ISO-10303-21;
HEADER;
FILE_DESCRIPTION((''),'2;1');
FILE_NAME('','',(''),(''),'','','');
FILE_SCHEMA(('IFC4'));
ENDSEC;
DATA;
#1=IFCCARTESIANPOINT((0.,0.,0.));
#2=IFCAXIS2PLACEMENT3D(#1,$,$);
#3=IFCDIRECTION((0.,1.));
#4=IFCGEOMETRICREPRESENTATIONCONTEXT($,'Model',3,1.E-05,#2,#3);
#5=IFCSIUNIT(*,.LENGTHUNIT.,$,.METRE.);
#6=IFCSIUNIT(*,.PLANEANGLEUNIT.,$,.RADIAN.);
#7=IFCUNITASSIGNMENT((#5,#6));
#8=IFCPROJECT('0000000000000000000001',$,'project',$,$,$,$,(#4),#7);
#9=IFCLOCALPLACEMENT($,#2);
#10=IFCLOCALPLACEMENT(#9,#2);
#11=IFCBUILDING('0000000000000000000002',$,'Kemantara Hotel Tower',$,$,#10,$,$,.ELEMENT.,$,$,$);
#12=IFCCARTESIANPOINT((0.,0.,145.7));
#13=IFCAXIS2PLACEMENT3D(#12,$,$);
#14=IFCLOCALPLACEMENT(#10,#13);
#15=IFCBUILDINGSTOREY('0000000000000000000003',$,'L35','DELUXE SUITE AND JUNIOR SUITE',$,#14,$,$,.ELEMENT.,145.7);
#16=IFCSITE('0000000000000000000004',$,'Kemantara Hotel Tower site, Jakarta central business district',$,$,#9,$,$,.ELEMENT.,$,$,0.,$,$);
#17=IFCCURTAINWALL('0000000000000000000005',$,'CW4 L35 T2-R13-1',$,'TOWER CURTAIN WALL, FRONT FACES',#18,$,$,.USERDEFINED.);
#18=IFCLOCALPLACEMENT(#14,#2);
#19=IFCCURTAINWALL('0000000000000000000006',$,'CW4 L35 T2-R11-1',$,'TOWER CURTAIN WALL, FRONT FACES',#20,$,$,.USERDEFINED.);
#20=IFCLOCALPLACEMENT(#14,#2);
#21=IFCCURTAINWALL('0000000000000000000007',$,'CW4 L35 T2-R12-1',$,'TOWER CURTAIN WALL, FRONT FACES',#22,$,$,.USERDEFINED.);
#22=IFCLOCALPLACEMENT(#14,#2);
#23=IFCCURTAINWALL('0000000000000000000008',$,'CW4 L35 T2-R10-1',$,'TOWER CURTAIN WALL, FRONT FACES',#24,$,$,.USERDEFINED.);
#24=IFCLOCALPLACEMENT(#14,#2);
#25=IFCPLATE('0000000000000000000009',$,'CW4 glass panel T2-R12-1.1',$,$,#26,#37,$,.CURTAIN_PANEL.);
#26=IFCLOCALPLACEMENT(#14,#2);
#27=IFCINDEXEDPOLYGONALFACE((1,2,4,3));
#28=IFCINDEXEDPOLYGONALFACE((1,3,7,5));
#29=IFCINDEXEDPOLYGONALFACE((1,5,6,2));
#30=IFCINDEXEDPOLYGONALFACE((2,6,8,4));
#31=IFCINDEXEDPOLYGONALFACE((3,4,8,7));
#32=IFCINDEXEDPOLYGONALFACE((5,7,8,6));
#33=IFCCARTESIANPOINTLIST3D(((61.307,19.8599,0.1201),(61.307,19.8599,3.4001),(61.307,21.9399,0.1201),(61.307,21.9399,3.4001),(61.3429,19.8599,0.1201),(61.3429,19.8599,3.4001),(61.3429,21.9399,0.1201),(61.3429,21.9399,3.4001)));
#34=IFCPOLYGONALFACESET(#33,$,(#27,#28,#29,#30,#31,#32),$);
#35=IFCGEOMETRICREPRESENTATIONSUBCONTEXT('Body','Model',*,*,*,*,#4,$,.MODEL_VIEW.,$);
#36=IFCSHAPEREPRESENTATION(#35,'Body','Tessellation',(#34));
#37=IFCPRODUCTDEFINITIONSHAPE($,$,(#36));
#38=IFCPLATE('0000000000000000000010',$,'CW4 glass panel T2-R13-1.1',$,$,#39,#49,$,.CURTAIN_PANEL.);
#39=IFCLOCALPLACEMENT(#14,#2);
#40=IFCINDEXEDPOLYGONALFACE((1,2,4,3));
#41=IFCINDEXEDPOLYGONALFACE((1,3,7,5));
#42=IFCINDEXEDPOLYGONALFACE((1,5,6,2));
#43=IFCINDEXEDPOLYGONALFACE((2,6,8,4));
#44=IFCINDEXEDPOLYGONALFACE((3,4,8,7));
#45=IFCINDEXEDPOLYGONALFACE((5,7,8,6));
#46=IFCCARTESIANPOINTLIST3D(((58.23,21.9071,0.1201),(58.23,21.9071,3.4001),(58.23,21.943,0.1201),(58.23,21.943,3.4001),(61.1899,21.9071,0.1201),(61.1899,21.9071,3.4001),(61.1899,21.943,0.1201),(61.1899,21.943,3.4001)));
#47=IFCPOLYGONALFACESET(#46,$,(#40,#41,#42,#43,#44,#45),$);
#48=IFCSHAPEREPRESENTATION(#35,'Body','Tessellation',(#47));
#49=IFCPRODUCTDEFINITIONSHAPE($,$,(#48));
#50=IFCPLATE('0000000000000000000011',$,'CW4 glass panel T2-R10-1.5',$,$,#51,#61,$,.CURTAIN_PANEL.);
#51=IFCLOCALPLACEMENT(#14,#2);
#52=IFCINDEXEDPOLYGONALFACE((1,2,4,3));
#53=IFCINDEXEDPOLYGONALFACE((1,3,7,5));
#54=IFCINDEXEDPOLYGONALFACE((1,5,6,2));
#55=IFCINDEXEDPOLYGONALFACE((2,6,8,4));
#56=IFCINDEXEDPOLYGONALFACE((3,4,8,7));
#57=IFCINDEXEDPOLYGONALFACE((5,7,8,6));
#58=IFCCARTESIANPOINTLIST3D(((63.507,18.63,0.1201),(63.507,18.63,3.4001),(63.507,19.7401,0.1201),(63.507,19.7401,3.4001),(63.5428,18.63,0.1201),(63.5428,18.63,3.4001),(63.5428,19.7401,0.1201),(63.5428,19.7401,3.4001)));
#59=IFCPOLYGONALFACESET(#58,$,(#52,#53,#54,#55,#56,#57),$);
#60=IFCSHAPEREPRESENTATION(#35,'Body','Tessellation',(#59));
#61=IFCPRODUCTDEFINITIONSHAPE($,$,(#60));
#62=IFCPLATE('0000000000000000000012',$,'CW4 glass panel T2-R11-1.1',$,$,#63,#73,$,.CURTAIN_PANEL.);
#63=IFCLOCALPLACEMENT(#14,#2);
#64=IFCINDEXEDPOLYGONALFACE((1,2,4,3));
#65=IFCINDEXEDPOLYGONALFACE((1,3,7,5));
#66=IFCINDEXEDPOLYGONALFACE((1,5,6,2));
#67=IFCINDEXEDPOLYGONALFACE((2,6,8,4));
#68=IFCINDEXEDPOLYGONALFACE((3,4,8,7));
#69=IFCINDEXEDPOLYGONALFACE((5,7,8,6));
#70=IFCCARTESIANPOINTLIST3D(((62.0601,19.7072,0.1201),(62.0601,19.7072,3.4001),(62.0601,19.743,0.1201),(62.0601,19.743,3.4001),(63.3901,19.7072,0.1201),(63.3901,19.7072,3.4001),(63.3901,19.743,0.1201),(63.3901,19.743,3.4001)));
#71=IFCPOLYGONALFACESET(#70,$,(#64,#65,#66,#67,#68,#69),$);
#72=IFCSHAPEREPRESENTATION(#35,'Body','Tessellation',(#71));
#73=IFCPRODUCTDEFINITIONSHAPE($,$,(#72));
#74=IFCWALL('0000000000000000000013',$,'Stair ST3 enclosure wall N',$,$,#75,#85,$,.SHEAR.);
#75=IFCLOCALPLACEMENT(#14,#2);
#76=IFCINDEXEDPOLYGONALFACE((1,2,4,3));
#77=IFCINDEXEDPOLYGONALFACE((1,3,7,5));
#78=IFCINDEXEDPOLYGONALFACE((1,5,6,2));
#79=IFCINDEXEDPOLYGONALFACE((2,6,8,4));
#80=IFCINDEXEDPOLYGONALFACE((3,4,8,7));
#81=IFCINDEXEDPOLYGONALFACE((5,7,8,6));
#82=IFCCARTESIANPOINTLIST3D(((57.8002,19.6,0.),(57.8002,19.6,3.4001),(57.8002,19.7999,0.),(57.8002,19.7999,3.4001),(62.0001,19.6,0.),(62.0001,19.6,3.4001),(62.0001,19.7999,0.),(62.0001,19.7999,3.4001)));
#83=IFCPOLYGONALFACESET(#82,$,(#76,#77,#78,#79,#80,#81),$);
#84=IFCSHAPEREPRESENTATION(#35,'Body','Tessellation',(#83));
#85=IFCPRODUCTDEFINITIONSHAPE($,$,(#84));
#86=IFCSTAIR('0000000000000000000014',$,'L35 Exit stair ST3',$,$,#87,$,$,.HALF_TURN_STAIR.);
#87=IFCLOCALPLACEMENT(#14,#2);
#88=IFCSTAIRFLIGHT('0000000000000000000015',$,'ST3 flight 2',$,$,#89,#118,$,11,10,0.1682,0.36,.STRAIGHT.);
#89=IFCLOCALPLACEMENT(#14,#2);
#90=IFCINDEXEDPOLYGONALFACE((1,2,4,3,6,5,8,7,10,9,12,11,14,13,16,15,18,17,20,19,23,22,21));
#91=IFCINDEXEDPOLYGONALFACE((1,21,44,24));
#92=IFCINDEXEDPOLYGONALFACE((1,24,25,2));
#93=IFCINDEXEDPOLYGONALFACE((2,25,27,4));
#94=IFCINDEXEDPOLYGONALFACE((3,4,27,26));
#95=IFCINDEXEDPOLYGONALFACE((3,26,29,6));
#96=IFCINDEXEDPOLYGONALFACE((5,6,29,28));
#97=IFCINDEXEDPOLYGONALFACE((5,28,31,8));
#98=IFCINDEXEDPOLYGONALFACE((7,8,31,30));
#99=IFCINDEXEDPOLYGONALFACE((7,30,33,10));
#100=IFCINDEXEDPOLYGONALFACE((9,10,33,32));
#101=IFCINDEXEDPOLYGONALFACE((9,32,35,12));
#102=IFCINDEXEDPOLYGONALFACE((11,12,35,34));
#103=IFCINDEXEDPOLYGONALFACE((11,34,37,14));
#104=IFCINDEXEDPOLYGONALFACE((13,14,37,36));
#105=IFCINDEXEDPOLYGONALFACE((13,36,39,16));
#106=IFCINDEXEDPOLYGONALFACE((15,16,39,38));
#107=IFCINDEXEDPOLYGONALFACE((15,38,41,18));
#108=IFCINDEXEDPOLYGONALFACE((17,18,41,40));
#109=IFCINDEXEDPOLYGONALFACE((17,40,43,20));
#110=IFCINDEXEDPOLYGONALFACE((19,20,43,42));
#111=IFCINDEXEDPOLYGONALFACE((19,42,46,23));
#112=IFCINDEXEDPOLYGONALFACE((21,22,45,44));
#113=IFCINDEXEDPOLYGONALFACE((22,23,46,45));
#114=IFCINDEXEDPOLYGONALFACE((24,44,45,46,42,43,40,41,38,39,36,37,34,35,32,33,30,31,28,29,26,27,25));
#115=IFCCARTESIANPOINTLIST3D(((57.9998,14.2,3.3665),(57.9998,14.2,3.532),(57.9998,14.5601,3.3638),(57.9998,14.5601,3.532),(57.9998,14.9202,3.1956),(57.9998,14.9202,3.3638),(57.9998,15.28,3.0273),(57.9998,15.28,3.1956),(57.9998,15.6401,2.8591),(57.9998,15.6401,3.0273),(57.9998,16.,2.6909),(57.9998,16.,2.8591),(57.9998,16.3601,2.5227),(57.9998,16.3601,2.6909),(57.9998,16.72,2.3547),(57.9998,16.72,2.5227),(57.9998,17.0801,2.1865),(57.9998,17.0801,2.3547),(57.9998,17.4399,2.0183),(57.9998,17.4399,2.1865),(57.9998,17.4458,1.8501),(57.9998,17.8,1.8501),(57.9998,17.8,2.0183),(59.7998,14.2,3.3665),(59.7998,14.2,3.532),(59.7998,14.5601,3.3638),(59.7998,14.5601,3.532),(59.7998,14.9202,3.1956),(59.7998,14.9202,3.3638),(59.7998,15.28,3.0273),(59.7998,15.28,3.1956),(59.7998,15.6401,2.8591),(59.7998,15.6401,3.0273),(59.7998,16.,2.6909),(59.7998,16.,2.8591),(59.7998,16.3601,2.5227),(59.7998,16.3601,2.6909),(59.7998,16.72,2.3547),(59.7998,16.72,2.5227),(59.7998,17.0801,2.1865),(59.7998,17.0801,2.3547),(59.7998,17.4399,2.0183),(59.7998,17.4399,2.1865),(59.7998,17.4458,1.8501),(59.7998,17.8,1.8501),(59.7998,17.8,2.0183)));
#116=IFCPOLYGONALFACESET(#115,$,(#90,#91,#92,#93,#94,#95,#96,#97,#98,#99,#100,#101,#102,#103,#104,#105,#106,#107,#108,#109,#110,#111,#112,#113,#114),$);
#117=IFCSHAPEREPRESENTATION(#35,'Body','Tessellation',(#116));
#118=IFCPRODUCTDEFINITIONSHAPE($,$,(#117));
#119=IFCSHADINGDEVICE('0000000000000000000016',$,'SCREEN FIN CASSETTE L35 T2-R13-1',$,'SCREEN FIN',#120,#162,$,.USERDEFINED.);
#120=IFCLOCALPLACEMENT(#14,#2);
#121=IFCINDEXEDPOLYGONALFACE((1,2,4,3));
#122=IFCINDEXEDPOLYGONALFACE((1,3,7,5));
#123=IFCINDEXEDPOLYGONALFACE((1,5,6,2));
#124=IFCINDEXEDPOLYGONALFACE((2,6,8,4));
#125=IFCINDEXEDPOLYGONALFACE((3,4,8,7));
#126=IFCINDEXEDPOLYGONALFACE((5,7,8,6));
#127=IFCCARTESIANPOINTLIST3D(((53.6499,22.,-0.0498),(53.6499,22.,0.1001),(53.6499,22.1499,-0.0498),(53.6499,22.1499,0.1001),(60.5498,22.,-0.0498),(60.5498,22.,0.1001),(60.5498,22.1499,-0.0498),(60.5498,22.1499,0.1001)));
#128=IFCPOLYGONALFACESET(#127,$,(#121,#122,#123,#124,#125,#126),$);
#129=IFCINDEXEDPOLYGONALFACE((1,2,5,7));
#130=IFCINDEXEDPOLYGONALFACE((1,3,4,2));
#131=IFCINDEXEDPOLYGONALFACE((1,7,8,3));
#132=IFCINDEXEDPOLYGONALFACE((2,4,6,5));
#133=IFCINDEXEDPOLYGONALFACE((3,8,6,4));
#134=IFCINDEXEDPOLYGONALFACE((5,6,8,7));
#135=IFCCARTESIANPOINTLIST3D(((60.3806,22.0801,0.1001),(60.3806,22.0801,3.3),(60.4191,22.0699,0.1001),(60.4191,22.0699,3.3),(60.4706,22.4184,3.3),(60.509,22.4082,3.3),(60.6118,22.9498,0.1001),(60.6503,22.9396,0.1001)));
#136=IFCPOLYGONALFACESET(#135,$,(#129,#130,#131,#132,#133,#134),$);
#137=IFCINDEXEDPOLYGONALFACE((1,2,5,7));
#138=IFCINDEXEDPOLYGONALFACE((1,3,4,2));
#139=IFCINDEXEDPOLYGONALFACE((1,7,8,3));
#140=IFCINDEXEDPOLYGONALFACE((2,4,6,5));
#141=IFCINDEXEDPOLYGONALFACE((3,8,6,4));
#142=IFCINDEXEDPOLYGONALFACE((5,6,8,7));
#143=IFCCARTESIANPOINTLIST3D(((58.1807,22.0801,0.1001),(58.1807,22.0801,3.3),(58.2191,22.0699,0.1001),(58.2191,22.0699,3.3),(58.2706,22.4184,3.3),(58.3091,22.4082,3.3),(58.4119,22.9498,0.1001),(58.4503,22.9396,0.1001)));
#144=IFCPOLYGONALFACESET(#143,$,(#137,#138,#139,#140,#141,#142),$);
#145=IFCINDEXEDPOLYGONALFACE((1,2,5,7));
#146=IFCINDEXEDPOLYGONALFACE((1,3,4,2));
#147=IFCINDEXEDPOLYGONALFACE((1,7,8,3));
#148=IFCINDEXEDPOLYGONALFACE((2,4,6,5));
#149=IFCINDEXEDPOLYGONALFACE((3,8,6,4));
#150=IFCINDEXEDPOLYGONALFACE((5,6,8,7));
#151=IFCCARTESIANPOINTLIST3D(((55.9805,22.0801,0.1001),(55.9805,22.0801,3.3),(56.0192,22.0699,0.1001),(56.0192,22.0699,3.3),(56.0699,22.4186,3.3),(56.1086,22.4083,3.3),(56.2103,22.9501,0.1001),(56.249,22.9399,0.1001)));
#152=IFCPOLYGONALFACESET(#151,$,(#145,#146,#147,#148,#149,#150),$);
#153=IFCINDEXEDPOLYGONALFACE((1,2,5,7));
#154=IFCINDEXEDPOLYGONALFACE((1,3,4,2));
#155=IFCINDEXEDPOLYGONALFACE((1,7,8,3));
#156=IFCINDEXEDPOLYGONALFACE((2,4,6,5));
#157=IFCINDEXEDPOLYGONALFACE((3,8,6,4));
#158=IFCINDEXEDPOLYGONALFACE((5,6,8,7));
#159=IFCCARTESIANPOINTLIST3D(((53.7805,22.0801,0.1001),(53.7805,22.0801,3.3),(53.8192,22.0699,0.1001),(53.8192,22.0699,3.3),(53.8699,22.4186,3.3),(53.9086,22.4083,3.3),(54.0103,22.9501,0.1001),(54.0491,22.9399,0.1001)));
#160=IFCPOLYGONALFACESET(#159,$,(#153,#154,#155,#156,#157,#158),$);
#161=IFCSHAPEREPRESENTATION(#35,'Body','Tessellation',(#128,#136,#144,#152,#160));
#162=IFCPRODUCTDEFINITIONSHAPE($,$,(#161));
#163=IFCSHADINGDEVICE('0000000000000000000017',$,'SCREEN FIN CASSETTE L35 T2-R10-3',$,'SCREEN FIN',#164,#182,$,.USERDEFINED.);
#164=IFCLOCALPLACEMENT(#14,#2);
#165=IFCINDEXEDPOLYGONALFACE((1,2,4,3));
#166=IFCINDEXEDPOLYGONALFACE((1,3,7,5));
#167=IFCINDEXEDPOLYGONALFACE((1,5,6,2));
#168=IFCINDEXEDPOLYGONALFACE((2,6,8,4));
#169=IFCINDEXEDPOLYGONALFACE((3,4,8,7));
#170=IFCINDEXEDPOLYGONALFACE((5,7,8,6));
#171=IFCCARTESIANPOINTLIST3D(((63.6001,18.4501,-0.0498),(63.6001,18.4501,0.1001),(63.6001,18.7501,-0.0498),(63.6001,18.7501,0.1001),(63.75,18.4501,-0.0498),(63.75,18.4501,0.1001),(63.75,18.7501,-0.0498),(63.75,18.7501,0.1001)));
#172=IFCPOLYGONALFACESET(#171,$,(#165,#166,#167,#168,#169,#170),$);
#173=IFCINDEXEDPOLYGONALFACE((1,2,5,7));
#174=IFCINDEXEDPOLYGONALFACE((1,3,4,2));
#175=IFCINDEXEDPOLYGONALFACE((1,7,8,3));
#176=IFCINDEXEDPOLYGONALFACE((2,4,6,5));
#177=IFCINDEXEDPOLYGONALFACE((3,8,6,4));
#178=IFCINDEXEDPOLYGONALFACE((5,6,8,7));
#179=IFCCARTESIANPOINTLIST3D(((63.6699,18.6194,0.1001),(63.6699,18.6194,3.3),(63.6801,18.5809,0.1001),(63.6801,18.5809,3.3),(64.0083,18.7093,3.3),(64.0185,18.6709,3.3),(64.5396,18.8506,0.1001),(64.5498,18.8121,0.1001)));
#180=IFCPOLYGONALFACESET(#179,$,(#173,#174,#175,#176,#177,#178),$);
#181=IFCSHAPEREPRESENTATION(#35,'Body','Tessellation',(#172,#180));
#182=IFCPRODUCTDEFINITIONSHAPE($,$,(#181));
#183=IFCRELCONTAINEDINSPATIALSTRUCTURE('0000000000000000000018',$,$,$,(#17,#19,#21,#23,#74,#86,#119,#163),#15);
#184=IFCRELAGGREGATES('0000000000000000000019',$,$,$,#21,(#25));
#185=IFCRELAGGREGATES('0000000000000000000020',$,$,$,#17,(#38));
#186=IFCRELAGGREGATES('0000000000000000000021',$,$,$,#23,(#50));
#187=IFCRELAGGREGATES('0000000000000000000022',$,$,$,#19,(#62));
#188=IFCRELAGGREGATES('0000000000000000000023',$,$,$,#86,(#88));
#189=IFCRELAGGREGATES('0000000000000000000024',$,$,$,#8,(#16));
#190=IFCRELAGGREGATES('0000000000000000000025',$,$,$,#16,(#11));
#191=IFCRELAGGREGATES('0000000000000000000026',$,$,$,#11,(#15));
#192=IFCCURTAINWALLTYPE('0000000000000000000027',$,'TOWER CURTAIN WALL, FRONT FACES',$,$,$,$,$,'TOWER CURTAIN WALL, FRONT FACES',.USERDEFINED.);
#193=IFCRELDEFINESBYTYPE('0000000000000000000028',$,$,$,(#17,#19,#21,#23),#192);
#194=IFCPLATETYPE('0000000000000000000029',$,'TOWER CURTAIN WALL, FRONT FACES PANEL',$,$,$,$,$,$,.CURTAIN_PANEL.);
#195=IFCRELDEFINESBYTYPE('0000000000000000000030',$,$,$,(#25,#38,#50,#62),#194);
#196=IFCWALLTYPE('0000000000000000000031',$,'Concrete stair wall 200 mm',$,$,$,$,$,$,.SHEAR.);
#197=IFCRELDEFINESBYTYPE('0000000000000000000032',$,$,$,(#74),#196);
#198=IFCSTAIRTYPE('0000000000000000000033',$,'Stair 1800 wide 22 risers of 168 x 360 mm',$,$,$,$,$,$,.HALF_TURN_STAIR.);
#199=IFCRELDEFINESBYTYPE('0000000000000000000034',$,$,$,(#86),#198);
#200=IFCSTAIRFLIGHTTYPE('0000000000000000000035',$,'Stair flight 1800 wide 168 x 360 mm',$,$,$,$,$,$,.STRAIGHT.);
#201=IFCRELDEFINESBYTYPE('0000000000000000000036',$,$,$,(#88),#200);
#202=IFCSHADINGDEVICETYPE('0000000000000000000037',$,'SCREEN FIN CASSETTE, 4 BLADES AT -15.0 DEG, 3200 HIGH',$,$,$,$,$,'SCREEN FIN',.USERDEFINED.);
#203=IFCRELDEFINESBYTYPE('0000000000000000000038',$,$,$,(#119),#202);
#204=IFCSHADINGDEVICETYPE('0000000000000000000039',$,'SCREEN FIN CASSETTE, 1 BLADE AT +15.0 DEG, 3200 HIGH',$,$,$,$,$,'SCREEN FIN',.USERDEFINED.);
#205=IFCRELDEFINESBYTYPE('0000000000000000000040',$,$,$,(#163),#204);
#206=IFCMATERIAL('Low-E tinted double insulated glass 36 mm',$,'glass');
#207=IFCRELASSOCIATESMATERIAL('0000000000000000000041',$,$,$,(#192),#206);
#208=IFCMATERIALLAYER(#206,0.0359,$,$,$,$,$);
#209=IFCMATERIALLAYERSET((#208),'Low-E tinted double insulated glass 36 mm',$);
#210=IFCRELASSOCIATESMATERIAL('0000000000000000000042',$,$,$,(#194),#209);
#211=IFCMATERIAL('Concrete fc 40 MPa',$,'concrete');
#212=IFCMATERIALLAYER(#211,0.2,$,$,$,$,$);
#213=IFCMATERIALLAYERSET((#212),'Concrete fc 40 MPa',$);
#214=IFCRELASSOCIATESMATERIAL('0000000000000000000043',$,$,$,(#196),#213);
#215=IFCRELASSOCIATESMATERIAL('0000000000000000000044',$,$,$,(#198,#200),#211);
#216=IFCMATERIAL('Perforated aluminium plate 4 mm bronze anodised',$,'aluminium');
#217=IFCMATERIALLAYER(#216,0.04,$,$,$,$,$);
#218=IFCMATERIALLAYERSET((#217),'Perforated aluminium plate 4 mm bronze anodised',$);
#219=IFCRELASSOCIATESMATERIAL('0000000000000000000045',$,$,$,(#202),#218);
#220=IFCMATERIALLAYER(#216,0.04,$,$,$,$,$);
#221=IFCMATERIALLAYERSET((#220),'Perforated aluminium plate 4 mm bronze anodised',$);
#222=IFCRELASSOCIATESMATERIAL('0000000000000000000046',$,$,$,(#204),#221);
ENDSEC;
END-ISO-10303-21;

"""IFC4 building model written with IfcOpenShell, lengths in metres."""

from ifc_helpers import new_model, si_unit, direction, frame, frame_2d, origin, origin_2d, place, context, subcontext, project, spatial, polyline, rectangle, outline, extrude, source, transform, mapped, material, layer, layer_set, type_object, element, aggregate, save


model = new_model("IFC4")

# Units and contexts
model_context = context("Model", 3, precision=1e-05, world=origin(), true_north=direction((0.0, 1.0)))
body_context = subcontext(model_context, "Body", "Model", "MODEL_VIEW")
ifc_project = project(units=[si_unit("LENGTHUNIT", "METRE"), si_unit("PLANEANGLEUNIT", "RADIAN")], contexts=[model_context])

# Site, building, storey
site_placement = place(None, origin())
site = spatial("IfcSite", under=ifc_project, at=site_placement, Name="Kemantara Hotel Tower site, Jakarta central business district", CompositionType="ELEMENT", RefElevation=0.0)
building_placement = place(site_placement, origin())
building = spatial("IfcBuilding", under=site, at=building_placement, Name="Kemantara Hotel Tower", CompositionType="ELEMENT")
storey_placement = place(building_placement, frame((0.0, 0.0, 145.7)))
storey = spatial("IfcBuildingStorey", under=building, at=storey_placement, Name="L35", Description="DELUXE SUITE AND JUNIOR SUITE", CompositionType="ELEMENT", Elevation=145.7)

# Curtain walls
ifc_material_1 = material(Name="Low-E tinted double insulated glass 36 mm", Category="glass")
curtain_wall_type = type_object("IfcCurtainWallType", Name="TOWER CURTAIN WALL, FRONT FACES", ElementType="TOWER CURTAIN WALL, FRONT FACES", PredefinedType="USERDEFINED", material=ifc_material_1)
curtain_wall_1_placement = place(storey_placement, origin())
curtain_wall_1 = element("IfcCurtainWall", 1, at=curtain_wall_1_placement, inside=storey, type_object=curtain_wall_type, Name="CW4 L35 T2-R13-1", ObjectType="TOWER CURTAIN WALL, FRONT FACES", PredefinedType="USERDEFINED")
curtain_wall_2_placement = place(storey_placement, origin())
curtain_wall_2 = element("IfcCurtainWall", 2, at=curtain_wall_2_placement, inside=storey, type_object=curtain_wall_type, Name="CW4 L35 T2-R11-1", ObjectType="TOWER CURTAIN WALL, FRONT FACES", PredefinedType="USERDEFINED")
curtain_wall_3_placement = place(storey_placement, origin())
curtain_wall_3 = element("IfcCurtainWall", 3, at=curtain_wall_3_placement, inside=storey, type_object=curtain_wall_type, Name="CW4 L35 T2-R12-1", ObjectType="TOWER CURTAIN WALL, FRONT FACES", PredefinedType="USERDEFINED")

# Curtain wall
curtain_wall_4_placement = place(storey_placement, origin())
curtain_wall_4 = element("IfcCurtainWall", 4, at=curtain_wall_4_placement, inside=storey, type_object=curtain_wall_type, Name="CW4 L35 T2-R10-1", ObjectType="TOWER CURTAIN WALL, FRONT FACES", PredefinedType="USERDEFINED")

# Plates
ifc_layer_1 = layer(ifc_material_1, 0.0359)
ifc_layer_set_1 = layer_set([ifc_layer_1], Name="Low-E tinted double insulated glass 36 mm")
plate_type = type_object("IfcPlateType", Name="TOWER CURTAIN WALL, FRONT FACES PANEL", PredefinedType="CURTAIN_PANEL", material=ifc_layer_set_1)
shared_shape_1 = source(origin(), body_context, "Body", "SweptSolid", [
    extrude(rectangle(XDim=2.0801, YDim=0.0359, at=origin_2d()), origin(), (0.0, 0.0, 1.0), 3.28),
])
plate_1_placement = place(storey_placement, frame((61.325, 20.8999, 0.1201), z_axis=(0.0, 0.0, 1.0), x_axis=(0.0, 1.0, 0.0)))
plate_1 = element("IfcPlate", 5, at=plate_1_placement, type_object=plate_type, Name="CW4 glass panel T2-R12-1.1", PredefinedType="CURTAIN_PANEL", context=body_context, shape_type="MappedRepresentation", body=[
    mapped(shared_shape_1, transform((0.0, 0.0, 0.0))),
])
aggregate(curtain_wall_3, [plate_1])
shared_shape_2 = source(origin(), body_context, "Body", "SweptSolid", [
    extrude(rectangle(XDim=2.96, YDim=0.0359, at=origin_2d()), origin(), (0.0, 0.0, 1.0), 3.28),
])
plate_2_placement = place(storey_placement, frame((59.71, 21.925, 0.1201), z_axis=(0.0, 0.0, 1.0), x_axis=(-1.0, 0.0, 0.0)))
plate_2 = element("IfcPlate", 6, at=plate_2_placement, type_object=plate_type, Name="CW4 glass panel T2-R13-1.1", PredefinedType="CURTAIN_PANEL", context=body_context, shape_type="MappedRepresentation", body=[
    mapped(shared_shape_2, transform((0.0, 0.0, 0.0))),
])
aggregate(curtain_wall_1, [plate_2])
shared_shape_3 = source(origin(), body_context, "Body", "SweptSolid", [
    extrude(rectangle(XDim=1.1101, YDim=0.0359, at=origin_2d()), origin(), (0.0, 0.0, 1.0), 3.28),
])
plate_3_placement = place(storey_placement, frame((63.5249, 19.1851, 0.1201), z_axis=(0.0, 0.0, 1.0), x_axis=(0.0, 1.0, 0.0)))
plate_3 = element("IfcPlate", 7, at=plate_3_placement, type_object=plate_type, Name="CW4 glass panel T2-R10-1.5", PredefinedType="CURTAIN_PANEL", context=body_context, shape_type="MappedRepresentation", body=[
    mapped(shared_shape_3, transform((0.0, 0.0, 0.0))),
])
aggregate(curtain_wall_4, [plate_3])
shared_shape_4 = source(origin(), body_context, "Body", "SweptSolid", [
    extrude(rectangle(XDim=1.3301, YDim=0.0359, at=origin_2d()), origin(), (0.0, 0.0, 1.0), 3.28),
])
plate_4_placement = place(storey_placement, frame((62.7251, 19.7251, 0.1201), z_axis=(0.0, 0.0, 1.0), x_axis=(-1.0, 0.0, 0.0)))
plate_4 = element("IfcPlate", 8, at=plate_4_placement, type_object=plate_type, Name="CW4 glass panel T2-R11-1.1", PredefinedType="CURTAIN_PANEL", context=body_context, shape_type="MappedRepresentation", body=[
    mapped(shared_shape_4, transform((0.0, 0.0, 0.0))),
])
aggregate(curtain_wall_2, [plate_4])

# Wall
ifc_material_2 = material(Name="Concrete fc 40 MPa", Category="concrete")
ifc_layer_2 = layer(ifc_material_2, 0.2)
ifc_layer_set_2 = layer_set([ifc_layer_2], Name="Concrete fc 40 MPa")
wall_type = type_object("IfcWallType", Name="Concrete stair wall 200 mm", PredefinedType="SHEAR", material=ifc_layer_set_2)
wall_placement = place(storey_placement, frame((57.8, 19.7, 0.0), z_axis=(0.0, 0.0, 1.0), x_axis=(1.0, 0.0, 0.0)))
element("IfcWall", 9, at=wall_placement, inside=storey, type_object=wall_type, Name="Stair ST3 enclosure wall N", PredefinedType="SHEAR", context=body_context, shape_type="SweptSolid", body=[
    extrude(rectangle(XDim=4.2, YDim=0.2, at=frame_2d((2.1001, 0.0))), origin(), (0.0, 0.0, 1.0), 3.4001),
])

# Stair, stair flight
stair_type = type_object("IfcStairType", Name="Stair 1800 wide 22 risers of 168 x 360 mm", PredefinedType="HALF_TURN_STAIR", material=ifc_material_2)
stair_placement = place(storey_placement, origin())
stair = element("IfcStair", 10, at=stair_placement, inside=storey, type_object=stair_type, Name="L35 Exit stair ST3", PredefinedType="HALF_TURN_STAIR")
stair_flight_type = type_object("IfcStairFlightType", Name="Stair flight 1800 wide 168 x 360 mm", PredefinedType="STRAIGHT", material=ifc_material_2)
stair_flight_placement = place(storey_placement, frame((58.8999, 17.8, 1.8501), z_axis=(0.0, 0.0, 1.0), x_axis=(0.0, -1.0, 0.0)))
stair_flight = element("IfcStairFlight", 11, at=stair_flight_placement, type_object=stair_flight_type, Name="ST3 flight 2", NumberOfRisers=11, NumberOfTreads=10, PredefinedType="STRAIGHT", RiserHeight=0.1682, TreadLength=0.36, context=body_context, shape_type="SweptSolid", body=[
    extrude(outline(polyline([(0.0, 0.0), (0.0, 0.1682), (0.3601, 0.1682), (0.3601, 0.3364), (0.72, 0.3364), (0.72, 0.5046), (1.0801, 0.5046), (1.0801, 0.6726), (1.4399, 0.6726), (1.4399, 0.8408), (1.8, 0.8408), (1.8, 1.009), (2.1599, 1.009), (2.1599, 1.1772), (2.52, 1.1772), (2.52, 1.3455), (2.8799, 1.3455), (2.8799, 1.5137), (3.24, 1.5137), (3.24, 1.6819), (3.6001, 1.6819), (3.6001, 1.8501), (3.6001, 1.5164), (0.3542, 0.0), (0.0, 0.0)])), frame((0.0, 0.8999, 0.0), z_axis=(0.0, -1.0, 0.0), x_axis=(1.0, 0.0, 0.0)), (0.0, 0.0, 1.0), 1.8),
])
aggregate(stair, [stair_flight])

# Shading devices
ifc_material_3 = material(Name="Perforated aluminium plate 4 mm bronze anodised", Category="aluminium")
ifc_layer_3 = layer(ifc_material_3, 0.04)
ifc_layer_set_3 = layer_set([ifc_layer_3], Name="Perforated aluminium plate 4 mm bronze anodised")
shading_device_type_1 = type_object("IfcShadingDeviceType", Name="SCREEN FIN CASSETTE, 4 BLADES AT -15.0 DEG, 3200 HIGH", ElementType="SCREEN FIN", PredefinedType="USERDEFINED", material=ifc_layer_set_3)
shared_shape_5 = source(origin(), body_context, "Body", "SweptSolid", [
    extrude(rectangle(XDim=6.8999, YDim=0.1499, at=origin_2d()), frame((3.3, -0.075, -0.1499), z_axis=(0.0, 0.0, 1.0), x_axis=(1.0, 0.0, 0.0)), (0.0, 0.0, 1.0), 0.1499),
    extrude(outline(polyline([(0.0, 0.0), (0.8999, 0.0), (0.3501, 3.2), (0.0, 3.2), (0.0, 0.0)])), frame((0.0193, -0.0801, 0.0), z_axis=(-0.966438, 0.256901, 0.0), x_axis=(-0.256901, -0.966438, 0.0)), (0.0, 0.0, 1.0), 0.0398),
    extrude(outline(polyline([(0.0, 0.0), (0.8999, 0.0), (0.3501, 3.2), (0.0, 3.2), (0.0, 0.0)])), frame((2.2192, -0.0801, 0.0), z_axis=(-0.966438, 0.256901, 0.0), x_axis=(-0.256901, -0.966438, 0.0)), (0.0, 0.0, 1.0), 0.0398),
    extrude(outline(polyline([(0.0, 0.0), (0.8999, 0.0), (0.3501, 3.2), (0.0, 3.2), (0.0, 0.0)])), frame((4.4194, -0.0801, 0.0), z_axis=(-0.966838, 0.255391, 0.0), x_axis=(-0.255391, -0.966838, 0.0)), (0.0, 0.0, 1.0), 0.04),
    extrude(outline(polyline([(0.0, 0.0), (0.8999, 0.0), (0.3501, 3.2), (0.0, 3.2), (0.0, 0.0)])), frame((6.6194, -0.0801, 0.0), z_axis=(-0.966838, 0.255391, 0.0), x_axis=(-0.255391, -0.966838, 0.0)), (0.0, 0.0, 1.0), 0.04),
])
shading_device_1_placement = place(storey_placement, frame((60.3999, 22.0, 0.1001), z_axis=(0.0, 0.0, 1.0), x_axis=(-1.0, 0.0, 0.0)))
element("IfcShadingDevice", 12, at=shading_device_1_placement, inside=storey, type_object=shading_device_type_1, Name="SCREEN FIN CASSETTE L35 T2-R13-1", ObjectType="SCREEN FIN", PredefinedType="USERDEFINED", context=body_context, shape_type="MappedRepresentation", body=[
    mapped(shared_shape_5, transform((0.0, 0.0, 0.0))),
])
ifc_layer_4 = layer(ifc_material_3, 0.04)
ifc_layer_set_4 = layer_set([ifc_layer_4], Name="Perforated aluminium plate 4 mm bronze anodised")
shading_device_type_2 = type_object("IfcShadingDeviceType", Name="SCREEN FIN CASSETTE, 1 BLADE AT +15.0 DEG, 3200 HIGH", ElementType="SCREEN FIN", PredefinedType="USERDEFINED", material=ifc_layer_set_4)
shared_shape_6 = source(origin(), body_context, "Body", "SweptSolid", [
    extrude(rectangle(XDim=0.3, YDim=0.1499, at=origin_2d()), frame((0.0, -0.075, -0.1499), z_axis=(0.0, 0.0, 1.0), x_axis=(1.0, 0.0, 0.0)), (0.0, 0.0, 1.0), 0.1499),
    extrude(outline(polyline([(0.0, 0.0), (0.8999, 0.0), (0.3501, 3.2), (0.0, 3.2), (0.0, 0.0)])), frame((0.0193, -0.0698, 0.0), z_axis=(-0.966438, -0.256901, 0.0), x_axis=(0.256901, -0.966438, 0.0)), (0.0, 0.0, 1.0), 0.0398),
])
shading_device_2_placement = place(storey_placement, frame((63.6001, 18.6001, 0.1001), z_axis=(0.0, 0.0, 1.0), x_axis=(0.0, 1.0, 0.0)))
element("IfcShadingDevice", 13, at=shading_device_2_placement, inside=storey, type_object=shading_device_type_2, Name="SCREEN FIN CASSETTE L35 T2-R10-3", ObjectType="SCREEN FIN", PredefinedType="USERDEFINED", context=body_context, shape_type="MappedRepresentation", body=[
    mapped(shared_shape_6, transform((0.0, 0.0, 0.0))),
])

save(model, "model.ifc")
